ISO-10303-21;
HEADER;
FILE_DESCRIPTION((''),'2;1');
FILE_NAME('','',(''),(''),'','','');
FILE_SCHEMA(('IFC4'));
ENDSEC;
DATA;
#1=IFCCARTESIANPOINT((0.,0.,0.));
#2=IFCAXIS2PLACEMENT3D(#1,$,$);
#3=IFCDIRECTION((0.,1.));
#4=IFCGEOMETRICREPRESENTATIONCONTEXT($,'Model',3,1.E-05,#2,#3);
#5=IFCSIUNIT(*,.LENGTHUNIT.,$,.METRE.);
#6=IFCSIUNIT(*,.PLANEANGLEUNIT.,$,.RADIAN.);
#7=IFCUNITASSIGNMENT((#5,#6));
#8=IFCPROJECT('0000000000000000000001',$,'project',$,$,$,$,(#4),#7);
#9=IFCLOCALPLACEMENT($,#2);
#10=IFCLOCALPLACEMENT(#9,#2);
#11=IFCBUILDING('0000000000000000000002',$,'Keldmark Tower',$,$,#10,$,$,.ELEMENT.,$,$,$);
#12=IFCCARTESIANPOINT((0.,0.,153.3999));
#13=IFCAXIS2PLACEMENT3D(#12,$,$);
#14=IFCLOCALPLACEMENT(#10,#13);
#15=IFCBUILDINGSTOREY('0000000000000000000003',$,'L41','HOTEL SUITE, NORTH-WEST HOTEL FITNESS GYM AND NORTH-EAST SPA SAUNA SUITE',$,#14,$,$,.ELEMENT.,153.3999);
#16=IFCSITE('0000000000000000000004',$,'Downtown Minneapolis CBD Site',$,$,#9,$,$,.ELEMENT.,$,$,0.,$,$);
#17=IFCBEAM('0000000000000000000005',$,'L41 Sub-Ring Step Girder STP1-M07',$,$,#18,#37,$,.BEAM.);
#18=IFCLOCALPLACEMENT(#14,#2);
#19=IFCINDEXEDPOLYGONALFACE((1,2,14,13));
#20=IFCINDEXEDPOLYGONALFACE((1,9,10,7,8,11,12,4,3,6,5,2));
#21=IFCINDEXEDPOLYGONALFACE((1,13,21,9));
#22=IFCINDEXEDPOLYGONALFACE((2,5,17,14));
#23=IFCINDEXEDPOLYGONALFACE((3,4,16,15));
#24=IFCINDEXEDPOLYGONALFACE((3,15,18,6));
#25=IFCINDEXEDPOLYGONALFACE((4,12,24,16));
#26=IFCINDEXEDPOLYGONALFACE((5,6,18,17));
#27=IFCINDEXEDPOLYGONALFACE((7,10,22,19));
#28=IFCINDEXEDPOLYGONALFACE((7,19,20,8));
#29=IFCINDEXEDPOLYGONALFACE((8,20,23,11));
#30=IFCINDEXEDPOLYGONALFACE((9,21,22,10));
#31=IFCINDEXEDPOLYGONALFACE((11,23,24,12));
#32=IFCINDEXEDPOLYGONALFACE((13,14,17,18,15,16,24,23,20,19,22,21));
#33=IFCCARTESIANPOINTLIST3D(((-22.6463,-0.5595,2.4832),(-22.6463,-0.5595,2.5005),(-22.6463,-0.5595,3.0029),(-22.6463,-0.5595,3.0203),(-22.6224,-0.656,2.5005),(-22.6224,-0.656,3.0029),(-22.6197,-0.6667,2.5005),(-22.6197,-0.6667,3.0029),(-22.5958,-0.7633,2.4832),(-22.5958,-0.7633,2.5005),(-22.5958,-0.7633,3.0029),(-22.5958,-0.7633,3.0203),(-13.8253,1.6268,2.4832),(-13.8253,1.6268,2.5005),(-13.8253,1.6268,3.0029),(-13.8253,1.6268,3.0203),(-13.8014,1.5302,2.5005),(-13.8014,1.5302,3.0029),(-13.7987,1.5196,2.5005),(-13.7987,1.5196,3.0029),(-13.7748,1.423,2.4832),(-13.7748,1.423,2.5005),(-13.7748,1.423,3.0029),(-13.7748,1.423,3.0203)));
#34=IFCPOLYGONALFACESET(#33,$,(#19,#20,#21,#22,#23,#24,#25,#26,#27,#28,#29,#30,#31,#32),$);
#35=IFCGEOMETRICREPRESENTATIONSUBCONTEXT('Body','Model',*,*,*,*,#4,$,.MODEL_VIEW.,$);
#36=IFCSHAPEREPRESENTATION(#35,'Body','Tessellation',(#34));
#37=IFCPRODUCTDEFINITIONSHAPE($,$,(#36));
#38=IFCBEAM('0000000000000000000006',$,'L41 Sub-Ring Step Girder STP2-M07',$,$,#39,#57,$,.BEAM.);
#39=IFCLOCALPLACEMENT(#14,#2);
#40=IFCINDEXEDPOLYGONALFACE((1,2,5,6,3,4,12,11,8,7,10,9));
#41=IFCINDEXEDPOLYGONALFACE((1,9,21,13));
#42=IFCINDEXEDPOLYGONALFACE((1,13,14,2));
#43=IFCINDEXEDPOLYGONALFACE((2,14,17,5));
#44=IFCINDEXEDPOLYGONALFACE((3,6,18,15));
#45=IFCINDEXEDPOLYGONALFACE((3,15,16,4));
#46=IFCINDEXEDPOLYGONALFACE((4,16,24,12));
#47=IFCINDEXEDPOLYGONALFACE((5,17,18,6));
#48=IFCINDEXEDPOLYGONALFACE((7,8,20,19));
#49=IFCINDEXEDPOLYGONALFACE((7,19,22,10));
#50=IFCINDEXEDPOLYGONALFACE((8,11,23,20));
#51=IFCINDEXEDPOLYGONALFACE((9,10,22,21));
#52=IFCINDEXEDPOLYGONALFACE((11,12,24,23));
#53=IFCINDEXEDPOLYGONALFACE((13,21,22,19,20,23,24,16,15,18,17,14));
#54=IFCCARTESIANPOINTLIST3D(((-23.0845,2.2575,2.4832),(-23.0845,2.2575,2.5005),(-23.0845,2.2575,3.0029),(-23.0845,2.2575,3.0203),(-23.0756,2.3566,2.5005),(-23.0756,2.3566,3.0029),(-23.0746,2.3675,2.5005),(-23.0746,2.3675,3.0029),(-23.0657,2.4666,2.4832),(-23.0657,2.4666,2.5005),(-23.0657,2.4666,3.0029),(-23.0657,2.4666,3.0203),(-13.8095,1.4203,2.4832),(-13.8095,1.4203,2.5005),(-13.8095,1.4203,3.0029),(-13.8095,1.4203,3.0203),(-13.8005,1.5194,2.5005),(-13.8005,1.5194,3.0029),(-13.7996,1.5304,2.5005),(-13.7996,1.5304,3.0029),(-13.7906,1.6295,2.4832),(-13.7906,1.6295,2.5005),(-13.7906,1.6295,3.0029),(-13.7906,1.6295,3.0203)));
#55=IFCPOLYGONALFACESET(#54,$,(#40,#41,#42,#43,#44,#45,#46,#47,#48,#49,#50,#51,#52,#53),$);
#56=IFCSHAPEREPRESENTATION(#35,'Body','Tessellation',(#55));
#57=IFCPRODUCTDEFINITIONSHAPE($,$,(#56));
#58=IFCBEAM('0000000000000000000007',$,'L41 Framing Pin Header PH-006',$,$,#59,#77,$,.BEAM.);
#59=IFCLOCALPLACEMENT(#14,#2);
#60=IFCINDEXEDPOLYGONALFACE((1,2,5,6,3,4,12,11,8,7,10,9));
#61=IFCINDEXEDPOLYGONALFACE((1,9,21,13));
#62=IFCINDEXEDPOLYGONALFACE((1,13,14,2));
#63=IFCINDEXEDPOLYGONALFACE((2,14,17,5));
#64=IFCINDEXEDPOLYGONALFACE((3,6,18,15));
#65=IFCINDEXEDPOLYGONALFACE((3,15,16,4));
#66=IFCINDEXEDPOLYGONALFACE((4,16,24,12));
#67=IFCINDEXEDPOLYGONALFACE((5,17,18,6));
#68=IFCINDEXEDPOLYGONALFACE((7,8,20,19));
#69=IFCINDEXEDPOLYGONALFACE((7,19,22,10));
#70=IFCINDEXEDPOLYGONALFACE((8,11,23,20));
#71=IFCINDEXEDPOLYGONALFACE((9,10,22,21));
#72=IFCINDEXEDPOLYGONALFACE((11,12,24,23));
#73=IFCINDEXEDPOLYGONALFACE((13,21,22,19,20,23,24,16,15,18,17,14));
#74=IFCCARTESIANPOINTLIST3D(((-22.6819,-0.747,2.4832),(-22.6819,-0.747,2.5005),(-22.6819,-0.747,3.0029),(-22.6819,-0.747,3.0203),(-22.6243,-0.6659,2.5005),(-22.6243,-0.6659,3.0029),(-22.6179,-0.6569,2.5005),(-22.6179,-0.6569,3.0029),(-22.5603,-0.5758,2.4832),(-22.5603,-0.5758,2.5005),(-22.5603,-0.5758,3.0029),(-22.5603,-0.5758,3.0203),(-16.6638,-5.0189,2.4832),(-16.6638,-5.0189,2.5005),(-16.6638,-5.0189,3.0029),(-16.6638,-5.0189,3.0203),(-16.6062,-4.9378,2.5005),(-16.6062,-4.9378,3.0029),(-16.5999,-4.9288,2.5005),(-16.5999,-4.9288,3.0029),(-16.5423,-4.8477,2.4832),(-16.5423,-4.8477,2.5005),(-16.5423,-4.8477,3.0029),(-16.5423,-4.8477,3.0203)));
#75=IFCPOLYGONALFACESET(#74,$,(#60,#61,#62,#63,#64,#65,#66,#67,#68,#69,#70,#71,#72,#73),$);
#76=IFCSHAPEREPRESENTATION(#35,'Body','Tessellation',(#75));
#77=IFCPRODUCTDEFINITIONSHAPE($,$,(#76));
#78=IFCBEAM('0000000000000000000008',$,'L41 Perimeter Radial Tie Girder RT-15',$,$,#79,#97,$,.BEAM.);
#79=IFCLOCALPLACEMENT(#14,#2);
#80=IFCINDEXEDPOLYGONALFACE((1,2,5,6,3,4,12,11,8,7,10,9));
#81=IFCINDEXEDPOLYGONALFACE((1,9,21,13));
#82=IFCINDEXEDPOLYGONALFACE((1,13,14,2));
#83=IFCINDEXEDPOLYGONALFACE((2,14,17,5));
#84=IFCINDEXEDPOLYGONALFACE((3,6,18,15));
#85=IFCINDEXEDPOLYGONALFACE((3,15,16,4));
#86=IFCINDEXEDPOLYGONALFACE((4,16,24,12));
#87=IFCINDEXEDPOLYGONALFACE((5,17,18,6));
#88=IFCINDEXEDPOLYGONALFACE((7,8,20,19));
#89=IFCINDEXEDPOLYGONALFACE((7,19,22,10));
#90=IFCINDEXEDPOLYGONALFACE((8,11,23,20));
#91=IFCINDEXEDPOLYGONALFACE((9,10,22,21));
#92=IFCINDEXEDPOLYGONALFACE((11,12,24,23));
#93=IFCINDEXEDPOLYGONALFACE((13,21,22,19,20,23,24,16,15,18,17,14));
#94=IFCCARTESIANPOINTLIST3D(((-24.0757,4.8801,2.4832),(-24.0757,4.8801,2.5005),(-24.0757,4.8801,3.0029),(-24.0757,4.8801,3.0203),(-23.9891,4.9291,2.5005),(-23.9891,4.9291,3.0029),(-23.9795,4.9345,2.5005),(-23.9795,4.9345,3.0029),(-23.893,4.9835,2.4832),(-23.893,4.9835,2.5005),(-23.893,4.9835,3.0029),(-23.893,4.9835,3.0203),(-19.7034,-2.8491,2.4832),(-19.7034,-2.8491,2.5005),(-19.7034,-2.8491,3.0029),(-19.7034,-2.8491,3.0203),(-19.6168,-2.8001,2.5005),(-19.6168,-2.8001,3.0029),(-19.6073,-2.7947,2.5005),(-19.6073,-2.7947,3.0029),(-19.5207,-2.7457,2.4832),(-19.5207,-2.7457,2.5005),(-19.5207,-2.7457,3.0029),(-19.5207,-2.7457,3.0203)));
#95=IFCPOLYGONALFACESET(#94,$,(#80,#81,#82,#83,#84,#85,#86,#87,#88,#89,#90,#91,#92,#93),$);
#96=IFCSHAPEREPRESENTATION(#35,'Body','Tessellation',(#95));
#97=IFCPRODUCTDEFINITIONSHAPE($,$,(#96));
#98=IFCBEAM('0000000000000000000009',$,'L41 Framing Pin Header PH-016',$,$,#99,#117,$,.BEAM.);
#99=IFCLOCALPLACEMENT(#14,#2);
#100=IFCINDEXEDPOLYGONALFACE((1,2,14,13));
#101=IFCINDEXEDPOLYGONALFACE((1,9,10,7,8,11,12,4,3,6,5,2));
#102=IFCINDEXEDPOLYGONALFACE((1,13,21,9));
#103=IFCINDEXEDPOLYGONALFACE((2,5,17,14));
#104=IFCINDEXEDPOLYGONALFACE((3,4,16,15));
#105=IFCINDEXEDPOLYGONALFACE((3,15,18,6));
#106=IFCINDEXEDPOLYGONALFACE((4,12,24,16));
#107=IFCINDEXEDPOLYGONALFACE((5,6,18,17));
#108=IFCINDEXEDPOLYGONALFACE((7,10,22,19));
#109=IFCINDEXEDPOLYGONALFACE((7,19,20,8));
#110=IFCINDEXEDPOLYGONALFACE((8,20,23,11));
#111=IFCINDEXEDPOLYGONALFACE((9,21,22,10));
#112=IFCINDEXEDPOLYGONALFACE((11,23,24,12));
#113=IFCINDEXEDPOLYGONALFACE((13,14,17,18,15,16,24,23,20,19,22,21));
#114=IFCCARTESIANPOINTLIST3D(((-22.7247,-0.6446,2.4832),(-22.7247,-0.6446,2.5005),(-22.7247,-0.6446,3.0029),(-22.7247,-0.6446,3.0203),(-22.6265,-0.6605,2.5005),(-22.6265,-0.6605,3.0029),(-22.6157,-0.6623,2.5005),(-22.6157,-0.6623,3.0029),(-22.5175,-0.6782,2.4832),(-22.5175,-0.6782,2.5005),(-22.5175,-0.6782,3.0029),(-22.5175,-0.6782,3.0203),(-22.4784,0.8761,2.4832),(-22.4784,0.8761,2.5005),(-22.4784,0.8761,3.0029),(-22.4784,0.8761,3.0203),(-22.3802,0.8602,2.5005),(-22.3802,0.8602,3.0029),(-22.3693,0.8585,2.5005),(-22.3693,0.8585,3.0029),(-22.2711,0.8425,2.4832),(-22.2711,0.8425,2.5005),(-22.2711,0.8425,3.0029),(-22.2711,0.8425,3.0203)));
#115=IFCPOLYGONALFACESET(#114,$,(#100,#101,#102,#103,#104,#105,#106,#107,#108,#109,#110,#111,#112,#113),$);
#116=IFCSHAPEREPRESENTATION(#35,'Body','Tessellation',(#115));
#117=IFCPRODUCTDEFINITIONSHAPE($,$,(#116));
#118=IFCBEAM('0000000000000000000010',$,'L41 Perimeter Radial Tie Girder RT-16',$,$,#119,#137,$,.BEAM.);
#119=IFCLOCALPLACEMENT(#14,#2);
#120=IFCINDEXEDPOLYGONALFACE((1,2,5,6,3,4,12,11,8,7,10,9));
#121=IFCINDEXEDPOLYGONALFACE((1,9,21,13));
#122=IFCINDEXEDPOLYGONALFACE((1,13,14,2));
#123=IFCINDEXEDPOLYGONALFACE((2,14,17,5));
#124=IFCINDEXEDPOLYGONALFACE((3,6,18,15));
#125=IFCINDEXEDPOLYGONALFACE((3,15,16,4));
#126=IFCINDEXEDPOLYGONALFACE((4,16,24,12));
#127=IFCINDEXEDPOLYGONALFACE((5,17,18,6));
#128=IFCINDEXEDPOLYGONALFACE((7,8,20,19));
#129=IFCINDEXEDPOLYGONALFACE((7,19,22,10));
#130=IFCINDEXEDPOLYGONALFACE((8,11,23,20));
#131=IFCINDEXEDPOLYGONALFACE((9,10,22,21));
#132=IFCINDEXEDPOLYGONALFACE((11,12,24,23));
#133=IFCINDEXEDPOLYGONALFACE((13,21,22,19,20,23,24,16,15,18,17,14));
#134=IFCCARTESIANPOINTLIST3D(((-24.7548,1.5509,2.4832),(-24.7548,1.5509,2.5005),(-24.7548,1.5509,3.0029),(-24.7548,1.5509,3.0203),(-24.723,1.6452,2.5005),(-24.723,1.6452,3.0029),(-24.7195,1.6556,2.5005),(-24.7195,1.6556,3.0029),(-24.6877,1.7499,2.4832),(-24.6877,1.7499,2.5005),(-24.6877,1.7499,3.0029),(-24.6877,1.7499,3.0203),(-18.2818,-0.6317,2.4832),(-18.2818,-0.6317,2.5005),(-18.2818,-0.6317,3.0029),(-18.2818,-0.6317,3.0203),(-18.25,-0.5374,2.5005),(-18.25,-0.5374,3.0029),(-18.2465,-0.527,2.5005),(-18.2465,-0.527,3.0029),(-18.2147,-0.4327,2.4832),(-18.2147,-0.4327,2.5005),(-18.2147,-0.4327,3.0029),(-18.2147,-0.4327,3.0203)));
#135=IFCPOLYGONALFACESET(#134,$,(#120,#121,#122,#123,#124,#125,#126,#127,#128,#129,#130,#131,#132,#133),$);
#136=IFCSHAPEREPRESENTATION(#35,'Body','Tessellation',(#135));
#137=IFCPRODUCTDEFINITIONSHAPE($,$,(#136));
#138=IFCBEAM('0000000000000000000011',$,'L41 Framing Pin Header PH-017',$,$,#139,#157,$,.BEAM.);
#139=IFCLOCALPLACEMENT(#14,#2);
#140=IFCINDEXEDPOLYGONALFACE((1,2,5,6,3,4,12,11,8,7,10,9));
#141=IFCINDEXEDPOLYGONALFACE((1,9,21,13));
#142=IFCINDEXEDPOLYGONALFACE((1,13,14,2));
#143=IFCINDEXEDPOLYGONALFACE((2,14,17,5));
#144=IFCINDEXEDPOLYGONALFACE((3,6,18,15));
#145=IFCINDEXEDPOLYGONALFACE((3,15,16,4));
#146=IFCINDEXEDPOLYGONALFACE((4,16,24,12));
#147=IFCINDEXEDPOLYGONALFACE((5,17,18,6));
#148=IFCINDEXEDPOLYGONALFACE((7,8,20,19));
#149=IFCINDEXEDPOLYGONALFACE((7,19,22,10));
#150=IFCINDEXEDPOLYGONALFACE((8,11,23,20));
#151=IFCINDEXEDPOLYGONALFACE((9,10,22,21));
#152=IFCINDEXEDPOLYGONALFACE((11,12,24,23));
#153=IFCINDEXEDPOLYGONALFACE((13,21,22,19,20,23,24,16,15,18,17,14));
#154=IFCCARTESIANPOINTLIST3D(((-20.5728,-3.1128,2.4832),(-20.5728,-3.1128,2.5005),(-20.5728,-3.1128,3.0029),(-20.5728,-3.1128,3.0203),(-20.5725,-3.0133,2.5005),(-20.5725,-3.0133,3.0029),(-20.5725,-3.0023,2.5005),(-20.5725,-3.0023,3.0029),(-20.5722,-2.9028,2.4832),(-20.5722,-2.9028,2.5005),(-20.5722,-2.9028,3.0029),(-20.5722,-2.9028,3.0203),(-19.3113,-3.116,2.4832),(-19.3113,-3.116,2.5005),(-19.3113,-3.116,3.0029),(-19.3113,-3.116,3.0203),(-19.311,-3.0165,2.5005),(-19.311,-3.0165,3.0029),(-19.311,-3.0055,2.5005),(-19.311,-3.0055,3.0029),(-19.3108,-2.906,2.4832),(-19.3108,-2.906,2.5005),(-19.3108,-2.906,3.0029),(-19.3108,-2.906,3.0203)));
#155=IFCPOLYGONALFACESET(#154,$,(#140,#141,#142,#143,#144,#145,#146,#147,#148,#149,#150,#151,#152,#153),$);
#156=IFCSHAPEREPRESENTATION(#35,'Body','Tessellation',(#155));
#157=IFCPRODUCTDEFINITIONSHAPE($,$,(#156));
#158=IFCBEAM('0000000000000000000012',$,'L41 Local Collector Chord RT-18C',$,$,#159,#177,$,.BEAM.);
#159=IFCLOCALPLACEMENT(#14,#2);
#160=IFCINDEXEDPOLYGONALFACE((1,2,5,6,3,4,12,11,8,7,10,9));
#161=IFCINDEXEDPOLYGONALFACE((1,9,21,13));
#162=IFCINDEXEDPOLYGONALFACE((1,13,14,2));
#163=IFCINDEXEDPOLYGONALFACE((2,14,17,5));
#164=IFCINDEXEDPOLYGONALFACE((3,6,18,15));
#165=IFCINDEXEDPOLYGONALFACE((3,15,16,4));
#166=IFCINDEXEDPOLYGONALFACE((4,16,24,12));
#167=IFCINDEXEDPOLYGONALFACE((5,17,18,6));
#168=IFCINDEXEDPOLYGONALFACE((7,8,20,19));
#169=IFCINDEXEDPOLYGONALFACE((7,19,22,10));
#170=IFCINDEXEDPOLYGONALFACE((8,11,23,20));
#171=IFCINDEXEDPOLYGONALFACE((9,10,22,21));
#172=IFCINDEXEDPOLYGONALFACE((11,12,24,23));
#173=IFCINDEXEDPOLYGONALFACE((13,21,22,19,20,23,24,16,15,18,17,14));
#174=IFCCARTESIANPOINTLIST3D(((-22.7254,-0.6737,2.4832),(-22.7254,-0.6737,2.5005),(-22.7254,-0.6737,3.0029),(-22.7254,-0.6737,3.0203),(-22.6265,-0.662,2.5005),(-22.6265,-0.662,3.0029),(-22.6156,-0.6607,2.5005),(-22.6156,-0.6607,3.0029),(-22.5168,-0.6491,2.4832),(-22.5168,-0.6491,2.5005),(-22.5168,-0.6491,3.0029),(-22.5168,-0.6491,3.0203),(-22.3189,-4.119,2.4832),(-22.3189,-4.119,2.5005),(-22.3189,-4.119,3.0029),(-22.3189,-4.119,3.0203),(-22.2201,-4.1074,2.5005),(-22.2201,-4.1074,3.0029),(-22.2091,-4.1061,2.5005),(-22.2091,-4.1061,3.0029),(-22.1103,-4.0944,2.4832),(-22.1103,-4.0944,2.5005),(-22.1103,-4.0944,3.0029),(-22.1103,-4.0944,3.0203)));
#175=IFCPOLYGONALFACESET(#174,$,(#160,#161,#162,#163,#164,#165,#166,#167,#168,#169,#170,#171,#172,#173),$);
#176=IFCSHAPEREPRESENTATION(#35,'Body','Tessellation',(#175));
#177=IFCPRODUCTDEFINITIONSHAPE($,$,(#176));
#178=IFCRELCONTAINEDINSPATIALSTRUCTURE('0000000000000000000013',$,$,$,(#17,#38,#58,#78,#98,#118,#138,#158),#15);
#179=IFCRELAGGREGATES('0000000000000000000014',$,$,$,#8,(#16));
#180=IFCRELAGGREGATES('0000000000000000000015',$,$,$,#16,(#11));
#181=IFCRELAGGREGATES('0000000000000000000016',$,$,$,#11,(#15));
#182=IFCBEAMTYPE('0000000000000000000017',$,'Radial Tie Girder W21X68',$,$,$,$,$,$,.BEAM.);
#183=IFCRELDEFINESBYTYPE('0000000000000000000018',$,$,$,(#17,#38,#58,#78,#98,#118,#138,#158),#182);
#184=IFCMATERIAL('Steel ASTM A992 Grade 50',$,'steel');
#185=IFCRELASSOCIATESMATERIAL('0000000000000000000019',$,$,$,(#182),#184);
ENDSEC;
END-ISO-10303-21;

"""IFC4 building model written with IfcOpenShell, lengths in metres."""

from ifc_helpers import new_model, si_unit, direction, frame, origin, origin_2d, place, context, subcontext, project, spatial, i_section, extrude, material, material_profile, profile_set, type_object, element, save


model = new_model("IFC4")

# Units and contexts
model_context = context("Model", 3, precision=1e-05, world=origin(), true_north=direction((0.0, 1.0)))
body_context = subcontext(model_context, "Body", "Model", "MODEL_VIEW")
ifc_project = project(units=[si_unit("LENGTHUNIT", "METRE"), si_unit("PLANEANGLEUNIT", "RADIAN")], contexts=[model_context])

# Site, building, storey
site_placement = place(None, origin())
site = spatial("IfcSite", under=ifc_project, at=site_placement, Name="Downtown Minneapolis CBD Site", CompositionType="ELEMENT", RefElevation=0.0)
building_placement = place(site_placement, origin())
building = spatial("IfcBuilding", under=site, at=building_placement, Name="Keldmark Tower", CompositionType="ELEMENT")
storey_placement = place(building_placement, frame((0.0, 0.0, 153.3999)))
storey = spatial("IfcBuildingStorey", under=building, at=storey_placement, Name="L41", Description="HOTEL SUITE, NORTH-WEST HOTEL FITNESS GYM AND NORTH-EAST SPA SAUNA SUITE", CompositionType="ELEMENT", Elevation=153.3999)

# Beams
ifc_material_1 = material(Name="Steel ASTM A992 Grade 50", Category="steel")
ifc_material_profile_1 = material_profile(ifc_material_1, i_section(OverallWidth=0.21, OverallDepth=0.5371, WebThickness=0.011, FlangeThickness=0.0173, at=origin_2d()), Name="W21X68")
ifc_profile_set_1 = profile_set([ifc_material_profile_1], Name="Steel ASTM A992 Grade 50")
beam_type_1 = type_object("IfcBeamType", Name="Radial Tie Girder W21X68", PredefinedType="BEAM", material=ifc_profile_set_1)
beam_1_placement = place(storey_placement, frame((-13.8, 1.5249, 2.7517), z_axis=(-0.970632, -0.240569, 0.0), x_axis=(0.240569, -0.970632, 0.0)))
element("IfcBeam", 1, at=beam_1_placement, inside=storey, type_object=beam_type_1, Name="L41 Sub-Ring Step Girder STP1-M07", PredefinedType="BEAM", context=body_context, shape_type="SweptSolid", body=[
    extrude(i_section(OverallWidth=0.21, OverallDepth=0.5371, WebThickness=0.011, FlangeThickness=0.0173, at=origin_2d()), origin(), (0.0, 0.0, 1.0), 9.0879),
])
beam_2_placement = place(storey_placement, frame((-13.8, 1.5249, 2.7517), z_axis=(-0.995951, 0.089893, 0.0), x_axis=(-0.089893, -0.995951, 0.0)))
element("IfcBeam", 2, at=beam_2_placement, inside=storey, type_object=beam_type_1, Name="L41 Sub-Ring Step Girder STP2-M07", PredefinedType="BEAM", context=body_context, shape_type="SweptSolid", body=[
    extrude(i_section(OverallWidth=0.21, OverallDepth=0.5371, WebThickness=0.011, FlangeThickness=0.0173, at=origin_2d()), origin(), (0.0, 0.0, 1.0), 9.3127),
])
beam_3_placement = place(storey_placement, frame((-22.6211, -0.6614, 2.7517), z_axis=(0.815438, -0.578845, 0.0), x_axis=(0.578845, 0.815438, 0.0)))
element("IfcBeam", 3, at=beam_3_placement, inside=storey, type_object=beam_type_1, Name="L41 Framing Pin Header PH-006", PredefinedType="BEAM", context=body_context, shape_type="SweptSolid", body=[
    extrude(i_section(OverallWidth=0.21, OverallDepth=0.5371, WebThickness=0.011, FlangeThickness=0.0173, at=origin_2d()), origin(), (0.0, 0.0, 1.0), 7.3801),
])
beam_4_placement = place(storey_placement, frame((-19.6121, -2.7974, 2.7517), z_axis=(-0.492365, 0.870389, 0.0), x_axis=(-0.870389, -0.492365, 0.0)))
element("IfcBeam", 4, at=beam_4_placement, inside=storey, type_object=beam_type_1, Name="L41 Perimeter Radial Tie Girder RT-15", PredefinedType="BEAM", context=body_context, shape_type="SweptSolid", body=[
    extrude(i_section(OverallWidth=0.21, OverallDepth=0.5371, WebThickness=0.011, FlangeThickness=0.0173, at=origin_2d()), origin(), (0.0, 0.0, 1.0), 8.8801),
])
beam_5_placement = place(storey_placement, frame((-22.6211, -0.6614, 2.7517), z_axis=(0.1599, 0.987133, 0.0), x_axis=(-0.987133, 0.1599, 0.0)))
element("IfcBeam", 5, at=beam_5_placement, inside=storey, type_object=beam_type_1, Name="L41 Framing Pin Header PH-016", PredefinedType="BEAM", context=body_context, shape_type="SweptSolid", body=[
    extrude(i_section(OverallWidth=0.21, OverallDepth=0.5371, WebThickness=0.011, FlangeThickness=0.0173, at=origin_2d()), origin(), (0.0, 0.0, 1.0), 1.5405),
])
beam_6_placement = place(storey_placement, frame((-18.2483, -0.5322, 2.7517), z_axis=(-0.94758, 0.319518, 0.0), x_axis=(-0.319518, -0.94758, 0.0)))
element("IfcBeam", 6, at=beam_6_placement, inside=storey, type_object=beam_type_1, Name="L41 Perimeter Radial Tie Girder RT-16", PredefinedType="BEAM", context=body_context, shape_type="SweptSolid", body=[
    extrude(i_section(OverallWidth=0.21, OverallDepth=0.5371, WebThickness=0.011, FlangeThickness=0.0173, at=origin_2d()), origin(), (0.0, 0.0, 1.0), 6.8311),
])
beam_7_placement = place(storey_placement, frame((-19.311, -3.011, 2.7517), z_axis=(-0.999997, 0.002516, 0.0), x_axis=(-0.002516, -0.999997, 0.0)))
element("IfcBeam", 7, at=beam_7_placement, inside=storey, type_object=beam_type_1, Name="L41 Framing Pin Header PH-017", PredefinedType="BEAM", context=body_context, shape_type="SweptSolid", body=[
    extrude(i_section(OverallWidth=0.21, OverallDepth=0.5371, WebThickness=0.011, FlangeThickness=0.0173, at=origin_2d()), origin(), (0.0, 0.0, 1.0), 1.2615),
])
beam_8_placement = place(storey_placement, frame((-22.6211, -0.6614, 2.7517), z_axis=(0.117172, -0.993112, 0.0), x_axis=(0.993112, 0.117172, 0.0)))
element("IfcBeam", 8, at=beam_8_placement, inside=storey, type_object=beam_type_1, Name="L41 Local Collector Chord RT-18C", PredefinedType="BEAM", context=body_context, shape_type="SweptSolid", body=[
    extrude(i_section(OverallWidth=0.21, OverallDepth=0.5371, WebThickness=0.011, FlangeThickness=0.0173, at=origin_2d()), origin(), (0.0, 0.0, 1.0), 3.4692),
])

save(model, "model.ifc")
